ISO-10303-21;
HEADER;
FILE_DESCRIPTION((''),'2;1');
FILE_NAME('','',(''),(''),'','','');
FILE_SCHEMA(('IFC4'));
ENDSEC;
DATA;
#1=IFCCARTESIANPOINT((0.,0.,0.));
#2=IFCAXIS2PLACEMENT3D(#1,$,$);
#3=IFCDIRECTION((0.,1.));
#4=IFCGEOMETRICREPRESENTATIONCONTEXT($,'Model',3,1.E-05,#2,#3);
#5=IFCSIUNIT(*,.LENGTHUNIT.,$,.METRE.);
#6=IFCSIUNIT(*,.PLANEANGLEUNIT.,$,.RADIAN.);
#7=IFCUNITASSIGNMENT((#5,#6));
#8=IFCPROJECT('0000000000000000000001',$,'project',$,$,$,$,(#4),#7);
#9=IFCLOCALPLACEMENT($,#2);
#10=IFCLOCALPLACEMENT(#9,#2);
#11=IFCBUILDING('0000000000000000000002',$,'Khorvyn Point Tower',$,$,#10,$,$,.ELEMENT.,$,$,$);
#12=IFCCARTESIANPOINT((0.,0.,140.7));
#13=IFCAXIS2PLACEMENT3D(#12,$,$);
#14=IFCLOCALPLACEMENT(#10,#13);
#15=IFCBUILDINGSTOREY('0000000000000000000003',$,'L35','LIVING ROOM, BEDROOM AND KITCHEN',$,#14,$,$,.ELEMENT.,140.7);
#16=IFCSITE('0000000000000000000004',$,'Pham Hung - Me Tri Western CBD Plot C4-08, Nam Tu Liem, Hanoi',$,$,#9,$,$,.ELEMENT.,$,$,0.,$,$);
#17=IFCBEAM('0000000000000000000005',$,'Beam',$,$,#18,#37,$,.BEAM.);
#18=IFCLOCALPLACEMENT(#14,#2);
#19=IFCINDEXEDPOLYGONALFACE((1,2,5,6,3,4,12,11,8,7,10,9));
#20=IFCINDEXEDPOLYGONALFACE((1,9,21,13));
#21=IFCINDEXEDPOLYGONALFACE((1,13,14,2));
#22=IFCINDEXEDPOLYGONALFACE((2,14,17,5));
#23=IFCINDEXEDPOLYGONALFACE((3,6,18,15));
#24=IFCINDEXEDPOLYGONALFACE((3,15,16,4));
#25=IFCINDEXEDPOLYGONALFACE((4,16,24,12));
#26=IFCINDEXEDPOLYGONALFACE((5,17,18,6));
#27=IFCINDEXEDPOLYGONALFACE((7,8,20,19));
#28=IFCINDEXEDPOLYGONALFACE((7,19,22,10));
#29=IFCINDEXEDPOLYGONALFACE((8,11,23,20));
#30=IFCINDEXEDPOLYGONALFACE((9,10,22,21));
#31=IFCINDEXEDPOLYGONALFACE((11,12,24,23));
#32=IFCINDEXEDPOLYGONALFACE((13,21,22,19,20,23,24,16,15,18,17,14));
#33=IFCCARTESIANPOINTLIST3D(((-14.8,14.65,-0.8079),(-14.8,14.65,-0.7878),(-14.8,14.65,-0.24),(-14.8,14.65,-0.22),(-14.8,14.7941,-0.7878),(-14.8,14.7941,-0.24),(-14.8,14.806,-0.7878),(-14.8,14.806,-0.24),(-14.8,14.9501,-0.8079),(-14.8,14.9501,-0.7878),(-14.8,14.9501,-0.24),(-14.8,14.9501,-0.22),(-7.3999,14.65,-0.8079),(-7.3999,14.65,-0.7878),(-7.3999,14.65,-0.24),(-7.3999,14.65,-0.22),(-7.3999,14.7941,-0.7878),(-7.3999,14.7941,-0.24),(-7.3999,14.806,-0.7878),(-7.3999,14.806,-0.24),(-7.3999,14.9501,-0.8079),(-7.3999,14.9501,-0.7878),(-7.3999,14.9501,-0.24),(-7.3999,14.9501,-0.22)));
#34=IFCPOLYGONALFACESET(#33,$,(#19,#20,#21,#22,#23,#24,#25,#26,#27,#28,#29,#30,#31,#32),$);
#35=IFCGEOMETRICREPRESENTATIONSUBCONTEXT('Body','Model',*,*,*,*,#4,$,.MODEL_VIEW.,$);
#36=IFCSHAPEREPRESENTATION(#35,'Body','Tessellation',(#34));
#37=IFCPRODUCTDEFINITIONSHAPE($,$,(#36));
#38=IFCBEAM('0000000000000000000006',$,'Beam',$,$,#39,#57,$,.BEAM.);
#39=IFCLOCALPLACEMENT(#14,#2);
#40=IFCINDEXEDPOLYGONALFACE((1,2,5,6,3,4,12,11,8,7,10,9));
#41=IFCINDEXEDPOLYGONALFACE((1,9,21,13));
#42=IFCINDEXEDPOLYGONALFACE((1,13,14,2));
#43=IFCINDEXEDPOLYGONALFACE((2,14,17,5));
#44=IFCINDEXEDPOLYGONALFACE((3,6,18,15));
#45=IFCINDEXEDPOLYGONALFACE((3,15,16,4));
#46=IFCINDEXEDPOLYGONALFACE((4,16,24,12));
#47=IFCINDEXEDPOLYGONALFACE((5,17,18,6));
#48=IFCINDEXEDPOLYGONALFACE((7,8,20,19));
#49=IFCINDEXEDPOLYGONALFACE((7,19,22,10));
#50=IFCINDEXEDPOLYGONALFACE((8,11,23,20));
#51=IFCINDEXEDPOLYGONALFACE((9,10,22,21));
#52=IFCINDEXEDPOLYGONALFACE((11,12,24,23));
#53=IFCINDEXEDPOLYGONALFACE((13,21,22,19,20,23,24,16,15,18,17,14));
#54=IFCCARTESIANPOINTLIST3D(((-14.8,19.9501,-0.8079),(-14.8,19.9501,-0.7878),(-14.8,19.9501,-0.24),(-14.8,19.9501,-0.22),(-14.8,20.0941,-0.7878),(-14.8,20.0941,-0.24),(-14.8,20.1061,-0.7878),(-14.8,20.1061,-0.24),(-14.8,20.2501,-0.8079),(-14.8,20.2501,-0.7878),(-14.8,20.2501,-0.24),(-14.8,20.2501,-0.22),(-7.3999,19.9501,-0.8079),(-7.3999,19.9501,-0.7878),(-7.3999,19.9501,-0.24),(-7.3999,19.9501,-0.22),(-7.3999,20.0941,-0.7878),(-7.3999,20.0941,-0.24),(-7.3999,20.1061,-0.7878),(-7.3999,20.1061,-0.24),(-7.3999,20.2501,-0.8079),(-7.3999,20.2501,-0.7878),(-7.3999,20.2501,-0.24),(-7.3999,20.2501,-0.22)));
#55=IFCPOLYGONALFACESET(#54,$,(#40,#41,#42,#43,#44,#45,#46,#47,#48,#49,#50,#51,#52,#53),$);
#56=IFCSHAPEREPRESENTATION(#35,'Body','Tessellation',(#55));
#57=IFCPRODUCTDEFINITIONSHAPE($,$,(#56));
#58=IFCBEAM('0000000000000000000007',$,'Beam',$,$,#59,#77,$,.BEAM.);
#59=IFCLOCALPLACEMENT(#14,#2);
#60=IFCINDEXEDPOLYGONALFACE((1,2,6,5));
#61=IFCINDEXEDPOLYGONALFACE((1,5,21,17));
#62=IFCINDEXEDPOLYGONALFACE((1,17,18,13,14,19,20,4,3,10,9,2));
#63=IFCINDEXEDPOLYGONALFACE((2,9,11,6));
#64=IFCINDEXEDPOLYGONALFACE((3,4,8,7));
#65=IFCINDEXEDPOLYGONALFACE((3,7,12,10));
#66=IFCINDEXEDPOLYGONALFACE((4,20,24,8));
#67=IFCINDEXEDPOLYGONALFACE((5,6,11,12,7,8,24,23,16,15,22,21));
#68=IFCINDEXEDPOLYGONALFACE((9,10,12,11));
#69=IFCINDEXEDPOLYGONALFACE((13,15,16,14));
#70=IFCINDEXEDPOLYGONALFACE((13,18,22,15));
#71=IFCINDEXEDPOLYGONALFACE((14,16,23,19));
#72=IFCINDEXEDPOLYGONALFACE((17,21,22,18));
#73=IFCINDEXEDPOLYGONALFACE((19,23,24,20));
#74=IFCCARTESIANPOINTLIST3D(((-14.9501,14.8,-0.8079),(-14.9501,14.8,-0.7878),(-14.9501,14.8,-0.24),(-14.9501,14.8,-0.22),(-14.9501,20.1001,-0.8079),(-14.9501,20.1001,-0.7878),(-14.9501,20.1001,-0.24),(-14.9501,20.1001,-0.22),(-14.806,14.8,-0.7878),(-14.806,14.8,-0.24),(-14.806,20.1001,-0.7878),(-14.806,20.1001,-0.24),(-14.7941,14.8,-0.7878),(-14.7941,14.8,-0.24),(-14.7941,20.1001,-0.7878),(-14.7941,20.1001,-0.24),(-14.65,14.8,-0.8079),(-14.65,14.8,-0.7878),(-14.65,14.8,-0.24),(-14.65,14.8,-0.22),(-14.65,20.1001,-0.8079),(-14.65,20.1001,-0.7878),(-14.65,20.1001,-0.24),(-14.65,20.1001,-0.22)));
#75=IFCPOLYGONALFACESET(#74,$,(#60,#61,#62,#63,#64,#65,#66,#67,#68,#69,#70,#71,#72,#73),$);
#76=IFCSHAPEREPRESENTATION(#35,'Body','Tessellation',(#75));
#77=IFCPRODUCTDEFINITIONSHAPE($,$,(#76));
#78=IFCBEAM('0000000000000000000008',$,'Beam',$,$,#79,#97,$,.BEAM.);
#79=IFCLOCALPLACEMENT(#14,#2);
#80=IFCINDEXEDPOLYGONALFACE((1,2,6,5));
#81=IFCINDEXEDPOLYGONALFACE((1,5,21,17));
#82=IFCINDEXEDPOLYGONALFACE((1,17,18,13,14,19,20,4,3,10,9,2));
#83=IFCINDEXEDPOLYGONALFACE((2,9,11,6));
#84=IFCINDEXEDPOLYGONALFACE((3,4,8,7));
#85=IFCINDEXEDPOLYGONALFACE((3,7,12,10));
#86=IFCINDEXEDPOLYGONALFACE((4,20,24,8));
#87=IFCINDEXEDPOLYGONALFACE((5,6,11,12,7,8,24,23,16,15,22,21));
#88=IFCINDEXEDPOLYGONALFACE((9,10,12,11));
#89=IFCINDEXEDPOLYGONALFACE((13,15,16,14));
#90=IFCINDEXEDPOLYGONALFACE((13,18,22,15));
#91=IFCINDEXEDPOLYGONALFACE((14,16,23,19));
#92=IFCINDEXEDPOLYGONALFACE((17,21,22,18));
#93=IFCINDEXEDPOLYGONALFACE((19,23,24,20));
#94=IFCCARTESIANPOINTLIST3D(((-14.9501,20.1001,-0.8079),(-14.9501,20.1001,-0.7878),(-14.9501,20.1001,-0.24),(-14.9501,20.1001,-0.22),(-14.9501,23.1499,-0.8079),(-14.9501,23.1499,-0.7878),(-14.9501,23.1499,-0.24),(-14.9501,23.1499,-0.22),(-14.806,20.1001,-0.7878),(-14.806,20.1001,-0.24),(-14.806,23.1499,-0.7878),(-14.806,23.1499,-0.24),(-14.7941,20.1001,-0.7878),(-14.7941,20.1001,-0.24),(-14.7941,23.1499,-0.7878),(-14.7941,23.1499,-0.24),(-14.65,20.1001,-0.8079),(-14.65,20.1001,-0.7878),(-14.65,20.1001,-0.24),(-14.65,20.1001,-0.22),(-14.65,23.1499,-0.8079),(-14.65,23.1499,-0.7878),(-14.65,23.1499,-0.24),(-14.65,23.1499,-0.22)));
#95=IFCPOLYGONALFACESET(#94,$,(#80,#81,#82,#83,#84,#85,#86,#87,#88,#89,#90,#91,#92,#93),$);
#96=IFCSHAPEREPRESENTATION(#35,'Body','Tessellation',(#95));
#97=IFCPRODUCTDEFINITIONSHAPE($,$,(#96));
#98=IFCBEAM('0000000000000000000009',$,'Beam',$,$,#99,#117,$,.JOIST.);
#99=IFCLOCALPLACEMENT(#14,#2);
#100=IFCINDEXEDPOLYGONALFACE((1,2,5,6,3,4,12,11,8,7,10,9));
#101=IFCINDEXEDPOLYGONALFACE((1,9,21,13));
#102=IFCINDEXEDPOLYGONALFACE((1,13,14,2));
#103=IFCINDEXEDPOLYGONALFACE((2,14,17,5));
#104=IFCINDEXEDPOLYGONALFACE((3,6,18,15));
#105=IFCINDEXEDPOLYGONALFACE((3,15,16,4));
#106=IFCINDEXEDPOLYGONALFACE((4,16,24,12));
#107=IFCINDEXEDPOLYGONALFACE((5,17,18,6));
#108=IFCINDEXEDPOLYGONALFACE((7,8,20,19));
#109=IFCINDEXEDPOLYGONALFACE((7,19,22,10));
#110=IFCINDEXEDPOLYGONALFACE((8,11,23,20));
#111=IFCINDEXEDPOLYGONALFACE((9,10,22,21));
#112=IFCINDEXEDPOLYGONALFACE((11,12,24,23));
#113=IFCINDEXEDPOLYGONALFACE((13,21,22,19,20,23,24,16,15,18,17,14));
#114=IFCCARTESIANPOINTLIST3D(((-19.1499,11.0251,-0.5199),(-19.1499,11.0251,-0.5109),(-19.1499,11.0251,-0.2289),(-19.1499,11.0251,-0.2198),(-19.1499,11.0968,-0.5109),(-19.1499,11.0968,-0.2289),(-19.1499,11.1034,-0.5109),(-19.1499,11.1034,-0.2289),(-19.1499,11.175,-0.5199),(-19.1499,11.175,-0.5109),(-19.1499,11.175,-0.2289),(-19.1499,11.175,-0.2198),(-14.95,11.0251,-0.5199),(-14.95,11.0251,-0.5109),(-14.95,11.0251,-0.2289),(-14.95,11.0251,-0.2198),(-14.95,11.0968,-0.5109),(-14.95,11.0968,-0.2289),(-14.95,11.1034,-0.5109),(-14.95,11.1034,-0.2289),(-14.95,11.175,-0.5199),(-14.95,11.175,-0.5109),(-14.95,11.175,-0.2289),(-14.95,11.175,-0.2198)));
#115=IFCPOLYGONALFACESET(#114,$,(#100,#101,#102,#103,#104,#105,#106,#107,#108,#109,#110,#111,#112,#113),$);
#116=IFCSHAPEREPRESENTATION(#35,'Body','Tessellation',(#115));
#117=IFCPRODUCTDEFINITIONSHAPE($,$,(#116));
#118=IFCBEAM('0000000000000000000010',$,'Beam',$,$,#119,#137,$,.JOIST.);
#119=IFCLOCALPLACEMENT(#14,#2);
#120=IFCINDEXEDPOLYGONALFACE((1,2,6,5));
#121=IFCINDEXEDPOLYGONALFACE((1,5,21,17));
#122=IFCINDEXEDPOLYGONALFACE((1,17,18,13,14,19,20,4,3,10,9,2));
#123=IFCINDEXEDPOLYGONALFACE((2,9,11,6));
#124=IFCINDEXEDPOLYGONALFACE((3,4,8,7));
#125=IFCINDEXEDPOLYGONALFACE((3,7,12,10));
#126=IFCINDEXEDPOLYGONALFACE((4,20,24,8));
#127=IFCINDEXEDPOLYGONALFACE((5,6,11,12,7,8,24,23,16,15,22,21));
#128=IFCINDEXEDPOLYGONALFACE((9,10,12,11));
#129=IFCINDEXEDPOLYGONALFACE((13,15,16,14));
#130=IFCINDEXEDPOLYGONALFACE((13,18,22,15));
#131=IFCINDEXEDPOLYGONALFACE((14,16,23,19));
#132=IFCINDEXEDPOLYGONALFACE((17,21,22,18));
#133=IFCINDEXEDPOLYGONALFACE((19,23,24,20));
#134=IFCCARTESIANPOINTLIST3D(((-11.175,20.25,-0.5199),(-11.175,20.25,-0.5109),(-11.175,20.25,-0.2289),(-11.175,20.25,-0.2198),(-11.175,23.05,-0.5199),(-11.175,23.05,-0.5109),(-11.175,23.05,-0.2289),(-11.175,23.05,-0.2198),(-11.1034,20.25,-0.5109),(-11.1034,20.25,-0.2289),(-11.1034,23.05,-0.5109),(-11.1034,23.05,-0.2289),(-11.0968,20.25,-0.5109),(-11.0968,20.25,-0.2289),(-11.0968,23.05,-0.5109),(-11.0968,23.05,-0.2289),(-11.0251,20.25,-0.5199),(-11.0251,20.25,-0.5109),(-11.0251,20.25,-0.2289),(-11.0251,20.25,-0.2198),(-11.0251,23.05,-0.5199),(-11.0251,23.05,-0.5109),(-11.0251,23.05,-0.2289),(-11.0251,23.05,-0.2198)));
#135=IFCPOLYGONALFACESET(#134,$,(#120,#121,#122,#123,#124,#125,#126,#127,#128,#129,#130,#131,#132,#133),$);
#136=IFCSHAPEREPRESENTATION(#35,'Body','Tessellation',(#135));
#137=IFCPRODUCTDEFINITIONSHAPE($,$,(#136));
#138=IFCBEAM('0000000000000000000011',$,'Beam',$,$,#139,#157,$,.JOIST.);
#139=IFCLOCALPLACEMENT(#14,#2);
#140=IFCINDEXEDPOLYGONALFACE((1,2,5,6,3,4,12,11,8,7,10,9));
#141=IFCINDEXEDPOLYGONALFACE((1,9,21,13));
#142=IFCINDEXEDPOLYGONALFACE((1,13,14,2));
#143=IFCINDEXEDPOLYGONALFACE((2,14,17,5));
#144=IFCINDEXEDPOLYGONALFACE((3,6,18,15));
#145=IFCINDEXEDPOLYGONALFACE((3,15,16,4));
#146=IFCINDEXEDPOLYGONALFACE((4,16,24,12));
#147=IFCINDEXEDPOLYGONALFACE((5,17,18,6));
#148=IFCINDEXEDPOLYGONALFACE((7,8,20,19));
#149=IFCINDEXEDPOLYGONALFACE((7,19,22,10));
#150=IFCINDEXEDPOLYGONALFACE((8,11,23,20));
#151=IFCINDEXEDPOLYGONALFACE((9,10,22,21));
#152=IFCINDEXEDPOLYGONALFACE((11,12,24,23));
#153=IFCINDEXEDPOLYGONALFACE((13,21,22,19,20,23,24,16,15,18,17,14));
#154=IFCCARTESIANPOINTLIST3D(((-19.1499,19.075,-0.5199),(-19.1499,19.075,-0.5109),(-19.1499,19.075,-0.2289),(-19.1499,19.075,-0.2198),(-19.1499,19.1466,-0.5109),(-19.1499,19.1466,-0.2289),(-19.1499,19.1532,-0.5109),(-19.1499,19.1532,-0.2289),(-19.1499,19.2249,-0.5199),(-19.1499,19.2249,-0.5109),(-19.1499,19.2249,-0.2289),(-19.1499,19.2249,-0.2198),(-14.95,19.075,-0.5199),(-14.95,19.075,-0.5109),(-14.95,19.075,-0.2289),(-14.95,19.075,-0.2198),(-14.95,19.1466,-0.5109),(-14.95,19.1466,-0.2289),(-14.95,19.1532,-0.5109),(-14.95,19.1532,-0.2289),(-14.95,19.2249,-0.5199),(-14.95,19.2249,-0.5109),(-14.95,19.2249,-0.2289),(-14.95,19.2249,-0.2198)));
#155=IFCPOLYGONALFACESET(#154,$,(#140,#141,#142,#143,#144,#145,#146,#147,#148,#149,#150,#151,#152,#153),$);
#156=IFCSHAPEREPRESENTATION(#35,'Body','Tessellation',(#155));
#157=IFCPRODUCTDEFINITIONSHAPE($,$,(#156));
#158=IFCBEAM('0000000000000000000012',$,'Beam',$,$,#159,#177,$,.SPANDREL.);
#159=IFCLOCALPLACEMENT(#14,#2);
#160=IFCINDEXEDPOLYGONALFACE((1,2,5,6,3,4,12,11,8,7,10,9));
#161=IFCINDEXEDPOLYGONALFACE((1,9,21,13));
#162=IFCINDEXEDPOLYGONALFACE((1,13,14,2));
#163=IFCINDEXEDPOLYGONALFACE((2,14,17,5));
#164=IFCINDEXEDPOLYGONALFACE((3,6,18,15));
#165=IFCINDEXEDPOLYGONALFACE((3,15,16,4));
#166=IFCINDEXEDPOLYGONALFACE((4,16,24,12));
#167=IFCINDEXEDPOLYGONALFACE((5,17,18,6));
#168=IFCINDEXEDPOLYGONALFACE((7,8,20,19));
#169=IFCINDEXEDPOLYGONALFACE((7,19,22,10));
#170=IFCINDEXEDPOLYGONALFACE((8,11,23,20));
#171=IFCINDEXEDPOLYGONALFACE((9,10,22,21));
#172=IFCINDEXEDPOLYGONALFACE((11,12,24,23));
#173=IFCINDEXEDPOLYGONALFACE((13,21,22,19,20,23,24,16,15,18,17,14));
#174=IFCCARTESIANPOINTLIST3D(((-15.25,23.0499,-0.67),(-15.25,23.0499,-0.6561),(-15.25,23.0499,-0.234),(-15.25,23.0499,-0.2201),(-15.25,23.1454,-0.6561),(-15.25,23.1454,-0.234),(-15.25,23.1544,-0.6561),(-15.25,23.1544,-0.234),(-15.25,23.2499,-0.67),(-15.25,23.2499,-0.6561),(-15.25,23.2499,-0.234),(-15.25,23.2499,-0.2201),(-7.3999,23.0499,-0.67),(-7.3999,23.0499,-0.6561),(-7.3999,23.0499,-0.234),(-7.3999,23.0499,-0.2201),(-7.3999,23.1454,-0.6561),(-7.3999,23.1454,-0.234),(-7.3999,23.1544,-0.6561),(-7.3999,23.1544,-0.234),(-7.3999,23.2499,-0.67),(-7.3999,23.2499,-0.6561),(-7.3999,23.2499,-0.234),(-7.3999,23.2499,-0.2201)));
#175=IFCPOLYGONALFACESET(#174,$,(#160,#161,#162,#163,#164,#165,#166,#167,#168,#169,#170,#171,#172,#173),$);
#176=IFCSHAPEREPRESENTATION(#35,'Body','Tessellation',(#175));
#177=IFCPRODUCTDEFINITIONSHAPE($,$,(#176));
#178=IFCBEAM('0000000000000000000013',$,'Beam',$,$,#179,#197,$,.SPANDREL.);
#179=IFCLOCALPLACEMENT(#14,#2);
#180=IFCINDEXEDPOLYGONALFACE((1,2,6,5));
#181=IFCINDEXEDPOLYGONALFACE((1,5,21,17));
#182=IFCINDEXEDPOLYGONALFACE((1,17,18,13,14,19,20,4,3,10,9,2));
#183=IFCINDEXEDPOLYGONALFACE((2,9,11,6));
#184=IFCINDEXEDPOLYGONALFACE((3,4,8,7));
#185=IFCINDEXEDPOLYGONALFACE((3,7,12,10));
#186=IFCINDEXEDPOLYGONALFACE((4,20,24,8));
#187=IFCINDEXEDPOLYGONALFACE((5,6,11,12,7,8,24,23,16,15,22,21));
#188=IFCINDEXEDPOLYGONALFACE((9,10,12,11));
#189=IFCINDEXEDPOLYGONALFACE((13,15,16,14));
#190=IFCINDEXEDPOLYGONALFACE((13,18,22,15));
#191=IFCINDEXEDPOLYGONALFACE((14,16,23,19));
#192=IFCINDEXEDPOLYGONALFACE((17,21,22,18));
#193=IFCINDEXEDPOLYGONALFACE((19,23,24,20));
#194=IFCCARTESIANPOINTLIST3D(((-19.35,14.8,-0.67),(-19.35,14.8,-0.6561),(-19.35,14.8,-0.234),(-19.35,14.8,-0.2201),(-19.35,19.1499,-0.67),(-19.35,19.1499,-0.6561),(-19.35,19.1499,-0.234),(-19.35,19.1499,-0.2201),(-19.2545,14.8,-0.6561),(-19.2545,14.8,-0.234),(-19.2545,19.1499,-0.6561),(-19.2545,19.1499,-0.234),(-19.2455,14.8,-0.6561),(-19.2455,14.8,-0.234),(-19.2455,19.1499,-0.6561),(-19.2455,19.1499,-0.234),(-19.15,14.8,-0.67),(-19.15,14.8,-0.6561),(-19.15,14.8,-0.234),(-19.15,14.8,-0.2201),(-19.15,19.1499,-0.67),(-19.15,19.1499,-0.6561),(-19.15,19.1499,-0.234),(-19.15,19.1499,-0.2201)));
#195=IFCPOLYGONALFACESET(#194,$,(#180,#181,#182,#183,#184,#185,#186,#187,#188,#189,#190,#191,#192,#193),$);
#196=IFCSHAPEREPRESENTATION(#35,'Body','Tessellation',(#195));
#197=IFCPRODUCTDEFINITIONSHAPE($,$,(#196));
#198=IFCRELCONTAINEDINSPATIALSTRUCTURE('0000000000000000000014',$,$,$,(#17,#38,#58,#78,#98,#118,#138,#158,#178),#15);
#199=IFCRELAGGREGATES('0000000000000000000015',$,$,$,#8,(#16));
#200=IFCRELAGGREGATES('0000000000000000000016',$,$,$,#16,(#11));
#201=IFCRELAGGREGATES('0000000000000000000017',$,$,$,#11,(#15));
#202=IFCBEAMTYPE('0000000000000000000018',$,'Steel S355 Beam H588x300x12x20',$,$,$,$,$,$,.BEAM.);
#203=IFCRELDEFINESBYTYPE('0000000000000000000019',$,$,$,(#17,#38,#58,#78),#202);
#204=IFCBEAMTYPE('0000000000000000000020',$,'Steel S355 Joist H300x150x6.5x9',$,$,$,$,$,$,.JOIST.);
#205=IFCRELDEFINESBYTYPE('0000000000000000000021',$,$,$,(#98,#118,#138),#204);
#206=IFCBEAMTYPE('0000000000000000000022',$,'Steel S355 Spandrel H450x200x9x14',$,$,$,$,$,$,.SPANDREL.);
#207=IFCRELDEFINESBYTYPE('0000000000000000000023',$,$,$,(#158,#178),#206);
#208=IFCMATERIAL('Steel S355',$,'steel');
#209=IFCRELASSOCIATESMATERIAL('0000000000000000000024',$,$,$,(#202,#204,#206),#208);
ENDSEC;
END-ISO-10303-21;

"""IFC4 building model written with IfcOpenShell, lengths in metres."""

from ifc_helpers import new_model, si_unit, direction, frame, origin, origin_2d, place, context, subcontext, project, spatial, i_section, extrude, material, material_profile, profile_set, type_object, element, save


model = new_model("IFC4")

# Units and contexts
model_context = context("Model", 3, precision=1e-05, world=origin(), true_north=direction((0.0, 1.0)))
body_context = subcontext(model_context, "Body", "Model", "MODEL_VIEW")
ifc_project = project(units=[si_unit("LENGTHUNIT", "METRE"), si_unit("PLANEANGLEUNIT", "RADIAN")], contexts=[model_context])

# Site, building, storey
site_placement = place(None, origin())
site = spatial("IfcSite", under=ifc_project, at=site_placement, Name="Pham Hung - Me Tri Western CBD Plot C4-08, Nam Tu Liem, Hanoi", CompositionType="ELEMENT", RefElevation=0.0)
building_placement = place(site_placement, origin())
building = spatial("IfcBuilding", under=site, at=building_placement, Name="Khorvyn Point Tower", CompositionType="ELEMENT")
storey_placement = place(building_placement, frame((0.0, 0.0, 140.7)))
storey = spatial("IfcBuildingStorey", under=building, at=storey_placement, Name="L35", Description="LIVING ROOM, BEDROOM AND KITCHEN", CompositionType="ELEMENT", Elevation=140.7)

# Beams
ifc_material_1 = material(Name="Steel S355", Category="steel")
ifc_material_profile_1 = material_profile(ifc_material_1, i_section(OverallWidth=0.3, OverallDepth=0.5879, WebThickness=0.012, FlangeThickness=0.02, at=origin_2d()))
ifc_profile_set_1 = profile_set([ifc_material_profile_1], Name="Steel S355 H588x300x12x20")
beam_type_1 = type_object("IfcBeamType", Name="Steel S355 Beam H588x300x12x20", PredefinedType="BEAM", material=ifc_profile_set_1)
for number, where, z_axis, x_axis, name in (
    (1, (-14.8, 14.8, -0.5139), (1.0, 0.0, 0.0), (0.0, 1.0, 0.0), "Beam"),
    (2, (-14.8, 20.1001, -0.5139), (1.0, 0.0, 0.0), (0.0, 1.0, 0.0), "Beam"),
):
    element("IfcBeam", number, at=place(storey_placement, frame(where, z_axis=z_axis, x_axis=x_axis)), inside=storey, type_object=beam_type_1, Name=name, PredefinedType="BEAM", context=body_context, shape_type="SweptSolid", body=[
        extrude(i_section(OverallWidth=0.3, OverallDepth=0.5879, WebThickness=0.012, FlangeThickness=0.02, at=origin_2d()), origin(), (0.0, 0.0, 1.0), 7.4001),
    ])
beam_1_placement = place(storey_placement, frame((-14.8, 14.8, -0.5139), z_axis=(0.0, 1.0, 0.0), x_axis=(-1.0, 0.0, 0.0)))
element("IfcBeam", 3, at=beam_1_placement, inside=storey, type_object=beam_type_1, Name="Beam", PredefinedType="BEAM", context=body_context, shape_type="SweptSolid", body=[
    extrude(i_section(OverallWidth=0.3, OverallDepth=0.5879, WebThickness=0.012, FlangeThickness=0.02, at=origin_2d()), origin(), (0.0, 0.0, 1.0), 5.3),
])
beam_2_placement = place(storey_placement, frame((-14.8, 20.1001, -0.5139), z_axis=(0.0, 1.0, 0.0), x_axis=(-1.0, 0.0, 0.0)))
element("IfcBeam", 4, at=beam_2_placement, inside=storey, type_object=beam_type_1, Name="Beam", PredefinedType="BEAM", context=body_context, shape_type="SweptSolid", body=[
    extrude(i_section(OverallWidth=0.3, OverallDepth=0.5879, WebThickness=0.012, FlangeThickness=0.02, at=origin_2d()), origin(), (0.0, 0.0, 1.0), 3.0498),
])
ifc_material_profile_2 = material_profile(ifc_material_1, i_section(OverallWidth=0.1499, OverallDepth=0.3, WebThickness=0.0066, FlangeThickness=0.009, at=origin_2d()))
ifc_profile_set_2 = profile_set([ifc_material_profile_2], Name="Steel S355 H300x150x6.5x9")
beam_type_2 = type_object("IfcBeamType", Name="Steel S355 Joist H300x150x6.5x9", PredefinedType="JOIST", material=ifc_profile_set_2)
beam_3_placement = place(storey_placement, frame((-19.1499, 11.1001, -0.3699), z_axis=(1.0, 0.0, 0.0), x_axis=(0.0, 1.0, 0.0)))
element("IfcBeam", 5, at=beam_3_placement, inside=storey, type_object=beam_type_2, Name="Beam", PredefinedType="JOIST", context=body_context, shape_type="SweptSolid", body=[
    extrude(i_section(OverallWidth=0.1499, OverallDepth=0.3, WebThickness=0.0066, FlangeThickness=0.009, at=origin_2d()), origin(), (0.0, 0.0, 1.0), 4.2),
])
beam_4_placement = place(storey_placement, frame((-11.1001, 20.25, -0.3699), z_axis=(0.0, 1.0, 0.0), x_axis=(-1.0, 0.0, 0.0)))
element("IfcBeam", 6, at=beam_4_placement, inside=storey, type_object=beam_type_2, Name="Beam", PredefinedType="JOIST", context=body_context, shape_type="SweptSolid", body=[
    extrude(i_section(OverallWidth=0.1499, OverallDepth=0.3, WebThickness=0.0066, FlangeThickness=0.009, at=origin_2d()), origin(), (0.0, 0.0, 1.0), 2.8),
])
beam_5_placement = place(storey_placement, frame((-19.1499, 19.1499, -0.3699), z_axis=(1.0, 0.0, 0.0), x_axis=(0.0, 1.0, 0.0)))
element("IfcBeam", 7, at=beam_5_placement, inside=storey, type_object=beam_type_2, Name="Beam", PredefinedType="JOIST", context=body_context, shape_type="SweptSolid", body=[
    extrude(i_section(OverallWidth=0.1499, OverallDepth=0.3, WebThickness=0.0066, FlangeThickness=0.009, at=origin_2d()), origin(), (0.0, 0.0, 1.0), 4.2),
])
ifc_material_profile_3 = material_profile(ifc_material_1, i_section(OverallWidth=0.2, OverallDepth=0.45, WebThickness=0.009, FlangeThickness=0.0139, at=origin_2d()))
ifc_profile_set_3 = profile_set([ifc_material_profile_3], Name="Steel S355 H450x200x9x14")
beam_type_3 = type_object("IfcBeamType", Name="Steel S355 Spandrel H450x200x9x14", PredefinedType="SPANDREL", material=ifc_profile_set_3)
beam_6_placement = place(storey_placement, frame((-15.25, 23.1499, -0.4451), z_axis=(1.0, 0.0, 0.0), x_axis=(0.0, 1.0, 0.0)))
element("IfcBeam", 8, at=beam_6_placement, inside=storey, type_object=beam_type_3, Name="Beam", PredefinedType="SPANDREL", context=body_context, shape_type="SweptSolid", body=[
    extrude(i_section(OverallWidth=0.2, OverallDepth=0.45, WebThickness=0.009, FlangeThickness=0.0139, at=origin_2d()), origin(), (0.0, 0.0, 1.0), 7.8501),
])
beam_7_placement = place(storey_placement, frame((-19.25, 14.8, -0.4451), z_axis=(0.0, 1.0, 0.0), x_axis=(-1.0, 0.0, 0.0)))
element("IfcBeam", 9, at=beam_7_placement, inside=storey, type_object=beam_type_3, Name="Beam", PredefinedType="SPANDREL", context=body_context, shape_type="SweptSolid", body=[
    extrude(i_section(OverallWidth=0.2, OverallDepth=0.45, WebThickness=0.009, FlangeThickness=0.0139, at=origin_2d()), origin(), (0.0, 0.0, 1.0), 4.3499),
])

save(model, "model.ifc")
